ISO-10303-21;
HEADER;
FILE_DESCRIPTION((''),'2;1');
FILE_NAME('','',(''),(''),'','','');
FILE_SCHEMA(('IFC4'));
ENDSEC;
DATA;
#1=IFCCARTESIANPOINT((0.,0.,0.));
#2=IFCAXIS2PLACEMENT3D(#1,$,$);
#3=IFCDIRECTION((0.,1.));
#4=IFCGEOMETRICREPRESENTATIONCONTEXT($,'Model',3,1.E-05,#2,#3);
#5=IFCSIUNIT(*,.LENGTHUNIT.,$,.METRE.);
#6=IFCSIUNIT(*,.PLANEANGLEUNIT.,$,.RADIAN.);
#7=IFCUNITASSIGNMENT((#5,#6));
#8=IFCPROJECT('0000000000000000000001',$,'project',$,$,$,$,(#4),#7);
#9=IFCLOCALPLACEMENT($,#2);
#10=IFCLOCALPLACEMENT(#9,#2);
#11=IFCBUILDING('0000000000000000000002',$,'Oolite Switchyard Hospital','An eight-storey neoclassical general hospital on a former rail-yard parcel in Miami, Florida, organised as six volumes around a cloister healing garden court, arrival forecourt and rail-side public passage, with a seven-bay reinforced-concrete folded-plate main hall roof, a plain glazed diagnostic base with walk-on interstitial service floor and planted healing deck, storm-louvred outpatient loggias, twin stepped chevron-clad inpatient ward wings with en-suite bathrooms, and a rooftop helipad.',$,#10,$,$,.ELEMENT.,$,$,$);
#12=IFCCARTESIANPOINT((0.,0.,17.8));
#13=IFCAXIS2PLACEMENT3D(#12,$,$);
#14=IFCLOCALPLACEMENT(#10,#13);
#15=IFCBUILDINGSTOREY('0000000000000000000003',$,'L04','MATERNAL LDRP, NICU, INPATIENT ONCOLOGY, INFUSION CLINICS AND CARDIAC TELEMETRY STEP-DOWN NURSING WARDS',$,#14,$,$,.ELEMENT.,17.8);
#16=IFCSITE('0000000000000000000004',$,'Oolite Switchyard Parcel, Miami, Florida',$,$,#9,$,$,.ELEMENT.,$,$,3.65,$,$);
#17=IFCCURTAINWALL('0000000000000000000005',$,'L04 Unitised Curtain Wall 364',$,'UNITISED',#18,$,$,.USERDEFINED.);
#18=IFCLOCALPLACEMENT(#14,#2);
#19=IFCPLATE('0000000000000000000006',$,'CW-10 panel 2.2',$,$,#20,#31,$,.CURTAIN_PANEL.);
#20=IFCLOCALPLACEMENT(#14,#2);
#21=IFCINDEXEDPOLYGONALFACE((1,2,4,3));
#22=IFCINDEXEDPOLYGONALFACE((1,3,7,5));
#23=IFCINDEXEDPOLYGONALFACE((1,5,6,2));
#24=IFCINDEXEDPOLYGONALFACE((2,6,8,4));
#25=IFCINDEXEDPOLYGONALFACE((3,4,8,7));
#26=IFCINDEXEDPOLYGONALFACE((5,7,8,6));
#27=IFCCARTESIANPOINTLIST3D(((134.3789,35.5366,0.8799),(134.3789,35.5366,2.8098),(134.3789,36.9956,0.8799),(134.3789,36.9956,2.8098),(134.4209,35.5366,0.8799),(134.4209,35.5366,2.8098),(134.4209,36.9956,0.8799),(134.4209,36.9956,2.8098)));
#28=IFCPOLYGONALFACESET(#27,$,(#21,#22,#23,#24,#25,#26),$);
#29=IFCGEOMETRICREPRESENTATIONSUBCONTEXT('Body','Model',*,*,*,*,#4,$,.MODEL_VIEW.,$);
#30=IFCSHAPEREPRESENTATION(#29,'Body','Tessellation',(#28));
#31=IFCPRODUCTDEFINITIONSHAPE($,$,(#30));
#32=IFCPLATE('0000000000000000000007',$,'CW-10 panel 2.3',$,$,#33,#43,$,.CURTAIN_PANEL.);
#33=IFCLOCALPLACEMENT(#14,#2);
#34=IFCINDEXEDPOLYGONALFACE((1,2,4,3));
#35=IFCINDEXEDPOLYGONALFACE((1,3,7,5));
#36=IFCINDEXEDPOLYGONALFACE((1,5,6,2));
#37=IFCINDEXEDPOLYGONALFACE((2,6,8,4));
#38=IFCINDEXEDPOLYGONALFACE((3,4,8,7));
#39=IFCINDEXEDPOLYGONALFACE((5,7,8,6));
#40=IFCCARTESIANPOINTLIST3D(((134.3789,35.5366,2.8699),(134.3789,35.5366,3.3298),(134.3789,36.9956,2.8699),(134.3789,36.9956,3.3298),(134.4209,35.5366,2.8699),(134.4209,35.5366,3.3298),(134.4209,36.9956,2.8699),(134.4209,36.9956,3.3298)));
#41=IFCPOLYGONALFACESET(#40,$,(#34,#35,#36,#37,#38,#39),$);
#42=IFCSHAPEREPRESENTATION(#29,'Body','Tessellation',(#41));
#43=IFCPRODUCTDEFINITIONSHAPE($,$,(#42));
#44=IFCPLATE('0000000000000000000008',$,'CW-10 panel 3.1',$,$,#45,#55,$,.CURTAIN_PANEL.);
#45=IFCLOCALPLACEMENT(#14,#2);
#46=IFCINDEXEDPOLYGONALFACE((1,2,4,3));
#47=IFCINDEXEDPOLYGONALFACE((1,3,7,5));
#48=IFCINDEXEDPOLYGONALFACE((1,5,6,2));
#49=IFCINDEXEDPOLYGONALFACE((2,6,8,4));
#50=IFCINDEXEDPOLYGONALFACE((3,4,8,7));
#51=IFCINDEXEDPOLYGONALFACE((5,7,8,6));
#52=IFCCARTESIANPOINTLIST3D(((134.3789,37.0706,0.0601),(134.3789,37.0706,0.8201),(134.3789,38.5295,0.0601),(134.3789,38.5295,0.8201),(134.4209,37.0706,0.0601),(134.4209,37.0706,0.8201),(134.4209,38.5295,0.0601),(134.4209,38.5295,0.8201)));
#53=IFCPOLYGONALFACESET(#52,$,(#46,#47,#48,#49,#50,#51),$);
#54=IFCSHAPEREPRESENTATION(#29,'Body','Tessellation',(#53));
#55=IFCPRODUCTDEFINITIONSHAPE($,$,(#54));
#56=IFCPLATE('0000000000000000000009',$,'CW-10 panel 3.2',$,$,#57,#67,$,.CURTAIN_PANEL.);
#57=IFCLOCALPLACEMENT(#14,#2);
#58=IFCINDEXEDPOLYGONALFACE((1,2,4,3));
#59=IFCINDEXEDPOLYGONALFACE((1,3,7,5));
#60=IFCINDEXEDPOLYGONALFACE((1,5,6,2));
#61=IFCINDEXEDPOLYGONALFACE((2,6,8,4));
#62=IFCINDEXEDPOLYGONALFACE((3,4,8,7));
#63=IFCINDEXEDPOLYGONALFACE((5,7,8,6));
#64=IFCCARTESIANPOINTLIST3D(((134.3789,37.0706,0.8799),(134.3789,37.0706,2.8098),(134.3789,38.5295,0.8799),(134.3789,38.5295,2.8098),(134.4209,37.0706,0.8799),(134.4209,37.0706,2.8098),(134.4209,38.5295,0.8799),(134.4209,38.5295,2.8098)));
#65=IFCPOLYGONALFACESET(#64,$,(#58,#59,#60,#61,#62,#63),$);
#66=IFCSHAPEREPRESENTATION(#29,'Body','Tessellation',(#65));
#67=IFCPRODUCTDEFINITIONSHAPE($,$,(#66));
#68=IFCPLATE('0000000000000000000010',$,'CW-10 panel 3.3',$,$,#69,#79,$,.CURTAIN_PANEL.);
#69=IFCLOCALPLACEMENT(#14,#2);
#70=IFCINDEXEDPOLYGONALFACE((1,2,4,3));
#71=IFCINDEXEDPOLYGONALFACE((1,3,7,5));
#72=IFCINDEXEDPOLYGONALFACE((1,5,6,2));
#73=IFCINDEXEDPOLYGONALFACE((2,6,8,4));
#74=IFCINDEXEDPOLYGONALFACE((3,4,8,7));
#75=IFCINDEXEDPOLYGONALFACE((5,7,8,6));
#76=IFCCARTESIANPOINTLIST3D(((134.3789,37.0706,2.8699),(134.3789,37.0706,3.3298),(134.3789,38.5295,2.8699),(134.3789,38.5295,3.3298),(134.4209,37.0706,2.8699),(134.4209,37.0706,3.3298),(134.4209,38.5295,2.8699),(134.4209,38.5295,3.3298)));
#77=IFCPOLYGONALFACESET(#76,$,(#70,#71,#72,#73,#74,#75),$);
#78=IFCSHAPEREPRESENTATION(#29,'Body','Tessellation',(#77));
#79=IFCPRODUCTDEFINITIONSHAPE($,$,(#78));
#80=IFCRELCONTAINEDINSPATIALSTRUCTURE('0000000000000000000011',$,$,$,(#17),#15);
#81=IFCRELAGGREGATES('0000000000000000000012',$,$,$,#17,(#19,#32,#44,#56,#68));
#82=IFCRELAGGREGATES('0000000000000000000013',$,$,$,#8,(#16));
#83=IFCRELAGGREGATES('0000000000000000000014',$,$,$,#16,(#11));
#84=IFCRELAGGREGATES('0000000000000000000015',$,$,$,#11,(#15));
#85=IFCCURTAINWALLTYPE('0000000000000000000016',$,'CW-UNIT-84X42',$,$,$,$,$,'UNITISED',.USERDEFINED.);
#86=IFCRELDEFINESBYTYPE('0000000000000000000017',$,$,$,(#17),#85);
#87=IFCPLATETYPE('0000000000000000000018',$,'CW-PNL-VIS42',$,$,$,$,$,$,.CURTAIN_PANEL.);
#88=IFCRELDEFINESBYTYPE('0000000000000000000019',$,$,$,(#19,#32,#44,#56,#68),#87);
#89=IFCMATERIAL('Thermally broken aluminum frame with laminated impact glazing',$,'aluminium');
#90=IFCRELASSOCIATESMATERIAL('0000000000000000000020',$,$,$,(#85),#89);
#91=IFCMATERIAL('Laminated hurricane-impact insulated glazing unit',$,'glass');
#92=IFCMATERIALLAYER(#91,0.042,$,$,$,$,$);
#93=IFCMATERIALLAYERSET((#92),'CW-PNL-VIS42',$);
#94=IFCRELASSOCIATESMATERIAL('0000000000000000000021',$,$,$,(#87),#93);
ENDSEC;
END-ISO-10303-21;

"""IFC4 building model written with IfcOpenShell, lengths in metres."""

from ifc_helpers import new_model, si_unit, direction, frame, origin, origin_2d, place, context, subcontext, project, spatial, rectangle, extrude, material, layer, layer_set, type_object, element, aggregate, save


model = new_model("IFC4")

# Units and contexts
model_context = context("Model", 3, precision=1e-05, world=origin(), true_north=direction((0.0, 1.0)))
body_context = subcontext(model_context, "Body", "Model", "MODEL_VIEW")
ifc_project = project(units=[si_unit("LENGTHUNIT", "METRE"), si_unit("PLANEANGLEUNIT", "RADIAN")], contexts=[model_context])

# Site, building, storey
site_placement = place(None, origin())
site = spatial("IfcSite", under=ifc_project, at=site_placement, Name="Oolite Switchyard Parcel, Miami, Florida", CompositionType="ELEMENT", RefElevation=3.65)
building_placement = place(site_placement, origin())
building = spatial("IfcBuilding", under=site, at=building_placement, Name="Oolite Switchyard Hospital", Description="An eight-storey neoclassical general hospital on a former rail-yard parcel in Miami, Florida, organised as six volumes around a cloister healing garden court, arrival forecourt and rail-side public passage, with a seven-bay reinforced-concrete folded-plate main hall roof, a plain glazed diagnostic base with walk-on interstitial service floor and planted healing deck, storm-louvred outpatient loggias, twin stepped chevron-clad inpatient ward wings with en-suite bathrooms, and a rooftop helipad.", CompositionType="ELEMENT")
storey_placement = place(building_placement, frame((0.0, 0.0, 17.8)))
storey = spatial("IfcBuildingStorey", under=building, at=storey_placement, Name="L04", Description="MATERNAL LDRP, NICU, INPATIENT ONCOLOGY, INFUSION CLINICS AND CARDIAC TELEMETRY STEP-DOWN NURSING WARDS", CompositionType="ELEMENT", Elevation=17.8)

# Curtain wall, plates
ifc_material_1 = material(Name="Thermally broken aluminum frame with laminated impact glazing", Category="aluminium")
curtain_wall_type = type_object("IfcCurtainWallType", Name="CW-UNIT-84X42", ElementType="UNITISED", PredefinedType="USERDEFINED", material=ifc_material_1)
curtain_wall_placement = place(storey_placement, origin())
curtain_wall = element("IfcCurtainWall", 1, at=curtain_wall_placement, inside=storey, type_object=curtain_wall_type, Name="L04 Unitised Curtain Wall 364", ObjectType="UNITISED", PredefinedType="USERDEFINED")
ifc_material_2 = material(Name="Laminated hurricane-impact insulated glazing unit", Category="glass")
ifc_layer = layer(ifc_material_2, 0.042)
ifc_layer_set = layer_set([ifc_layer], Name="CW-PNL-VIS42")
plate_type = type_object("IfcPlateType", Name="CW-PNL-VIS42", PredefinedType="CURTAIN_PANEL", material=ifc_layer_set)
plate_1_placement = place(storey_placement, frame((134.3999, 36.2661, 0.8799), z_axis=(0.0, 0.0, 1.0), x_axis=(0.0, 1.0, 0.0)))
plate_1 = element("IfcPlate", 2, at=plate_1_placement, type_object=plate_type, Name="CW-10 panel 2.2", PredefinedType="CURTAIN_PANEL", context=body_context, shape_type="SweptSolid", body=[
    extrude(rectangle(XDim=1.459, YDim=0.042, at=origin_2d()), origin(), (0.0, 0.0, 1.0), 1.9299),
])
plate_2_placement = place(storey_placement, frame((134.3999, 36.2661, 2.8699), z_axis=(0.0, 0.0, 1.0), x_axis=(0.0, 1.0, 0.0)))
plate_2 = element("IfcPlate", 3, at=plate_2_placement, type_object=plate_type, Name="CW-10 panel 2.3", PredefinedType="CURTAIN_PANEL", context=body_context, shape_type="SweptSolid", body=[
    extrude(rectangle(XDim=1.459, YDim=0.042, at=origin_2d()), origin(), (0.0, 0.0, 1.0), 0.46),
])
plate_3_placement = place(storey_placement, frame((134.3999, 37.8, 0.0601), z_axis=(0.0, 0.0, 1.0), x_axis=(0.0, 1.0, 0.0)))
plate_3 = element("IfcPlate", 4, at=plate_3_placement, type_object=plate_type, Name="CW-10 panel 3.1", PredefinedType="CURTAIN_PANEL", context=body_context, shape_type="SweptSolid", body=[
    extrude(rectangle(XDim=1.459, YDim=0.042, at=origin_2d()), origin(), (0.0, 0.0, 1.0), 0.76),
])
plate_4_placement = place(storey_placement, frame((134.3999, 37.8, 0.8799), z_axis=(0.0, 0.0, 1.0), x_axis=(0.0, 1.0, 0.0)))
plate_4 = element("IfcPlate", 5, at=plate_4_placement, type_object=plate_type, Name="CW-10 panel 3.2", PredefinedType="CURTAIN_PANEL", context=body_context, shape_type="SweptSolid", body=[
    extrude(rectangle(XDim=1.459, YDim=0.042, at=origin_2d()), origin(), (0.0, 0.0, 1.0), 1.9299),
])
plate_5_placement = place(storey_placement, frame((134.3999, 37.8, 2.8699), z_axis=(0.0, 0.0, 1.0), x_axis=(0.0, 1.0, 0.0)))
plate_5 = element("IfcPlate", 6, at=plate_5_placement, type_object=plate_type, Name="CW-10 panel 3.3", PredefinedType="CURTAIN_PANEL", context=body_context, shape_type="SweptSolid", body=[
    extrude(rectangle(XDim=1.459, YDim=0.042, at=origin_2d()), origin(), (0.0, 0.0, 1.0), 0.46),
])
aggregate(curtain_wall, [plate_1, plate_2, plate_3, plate_4, plate_5])

save(model, "model.ifc")
